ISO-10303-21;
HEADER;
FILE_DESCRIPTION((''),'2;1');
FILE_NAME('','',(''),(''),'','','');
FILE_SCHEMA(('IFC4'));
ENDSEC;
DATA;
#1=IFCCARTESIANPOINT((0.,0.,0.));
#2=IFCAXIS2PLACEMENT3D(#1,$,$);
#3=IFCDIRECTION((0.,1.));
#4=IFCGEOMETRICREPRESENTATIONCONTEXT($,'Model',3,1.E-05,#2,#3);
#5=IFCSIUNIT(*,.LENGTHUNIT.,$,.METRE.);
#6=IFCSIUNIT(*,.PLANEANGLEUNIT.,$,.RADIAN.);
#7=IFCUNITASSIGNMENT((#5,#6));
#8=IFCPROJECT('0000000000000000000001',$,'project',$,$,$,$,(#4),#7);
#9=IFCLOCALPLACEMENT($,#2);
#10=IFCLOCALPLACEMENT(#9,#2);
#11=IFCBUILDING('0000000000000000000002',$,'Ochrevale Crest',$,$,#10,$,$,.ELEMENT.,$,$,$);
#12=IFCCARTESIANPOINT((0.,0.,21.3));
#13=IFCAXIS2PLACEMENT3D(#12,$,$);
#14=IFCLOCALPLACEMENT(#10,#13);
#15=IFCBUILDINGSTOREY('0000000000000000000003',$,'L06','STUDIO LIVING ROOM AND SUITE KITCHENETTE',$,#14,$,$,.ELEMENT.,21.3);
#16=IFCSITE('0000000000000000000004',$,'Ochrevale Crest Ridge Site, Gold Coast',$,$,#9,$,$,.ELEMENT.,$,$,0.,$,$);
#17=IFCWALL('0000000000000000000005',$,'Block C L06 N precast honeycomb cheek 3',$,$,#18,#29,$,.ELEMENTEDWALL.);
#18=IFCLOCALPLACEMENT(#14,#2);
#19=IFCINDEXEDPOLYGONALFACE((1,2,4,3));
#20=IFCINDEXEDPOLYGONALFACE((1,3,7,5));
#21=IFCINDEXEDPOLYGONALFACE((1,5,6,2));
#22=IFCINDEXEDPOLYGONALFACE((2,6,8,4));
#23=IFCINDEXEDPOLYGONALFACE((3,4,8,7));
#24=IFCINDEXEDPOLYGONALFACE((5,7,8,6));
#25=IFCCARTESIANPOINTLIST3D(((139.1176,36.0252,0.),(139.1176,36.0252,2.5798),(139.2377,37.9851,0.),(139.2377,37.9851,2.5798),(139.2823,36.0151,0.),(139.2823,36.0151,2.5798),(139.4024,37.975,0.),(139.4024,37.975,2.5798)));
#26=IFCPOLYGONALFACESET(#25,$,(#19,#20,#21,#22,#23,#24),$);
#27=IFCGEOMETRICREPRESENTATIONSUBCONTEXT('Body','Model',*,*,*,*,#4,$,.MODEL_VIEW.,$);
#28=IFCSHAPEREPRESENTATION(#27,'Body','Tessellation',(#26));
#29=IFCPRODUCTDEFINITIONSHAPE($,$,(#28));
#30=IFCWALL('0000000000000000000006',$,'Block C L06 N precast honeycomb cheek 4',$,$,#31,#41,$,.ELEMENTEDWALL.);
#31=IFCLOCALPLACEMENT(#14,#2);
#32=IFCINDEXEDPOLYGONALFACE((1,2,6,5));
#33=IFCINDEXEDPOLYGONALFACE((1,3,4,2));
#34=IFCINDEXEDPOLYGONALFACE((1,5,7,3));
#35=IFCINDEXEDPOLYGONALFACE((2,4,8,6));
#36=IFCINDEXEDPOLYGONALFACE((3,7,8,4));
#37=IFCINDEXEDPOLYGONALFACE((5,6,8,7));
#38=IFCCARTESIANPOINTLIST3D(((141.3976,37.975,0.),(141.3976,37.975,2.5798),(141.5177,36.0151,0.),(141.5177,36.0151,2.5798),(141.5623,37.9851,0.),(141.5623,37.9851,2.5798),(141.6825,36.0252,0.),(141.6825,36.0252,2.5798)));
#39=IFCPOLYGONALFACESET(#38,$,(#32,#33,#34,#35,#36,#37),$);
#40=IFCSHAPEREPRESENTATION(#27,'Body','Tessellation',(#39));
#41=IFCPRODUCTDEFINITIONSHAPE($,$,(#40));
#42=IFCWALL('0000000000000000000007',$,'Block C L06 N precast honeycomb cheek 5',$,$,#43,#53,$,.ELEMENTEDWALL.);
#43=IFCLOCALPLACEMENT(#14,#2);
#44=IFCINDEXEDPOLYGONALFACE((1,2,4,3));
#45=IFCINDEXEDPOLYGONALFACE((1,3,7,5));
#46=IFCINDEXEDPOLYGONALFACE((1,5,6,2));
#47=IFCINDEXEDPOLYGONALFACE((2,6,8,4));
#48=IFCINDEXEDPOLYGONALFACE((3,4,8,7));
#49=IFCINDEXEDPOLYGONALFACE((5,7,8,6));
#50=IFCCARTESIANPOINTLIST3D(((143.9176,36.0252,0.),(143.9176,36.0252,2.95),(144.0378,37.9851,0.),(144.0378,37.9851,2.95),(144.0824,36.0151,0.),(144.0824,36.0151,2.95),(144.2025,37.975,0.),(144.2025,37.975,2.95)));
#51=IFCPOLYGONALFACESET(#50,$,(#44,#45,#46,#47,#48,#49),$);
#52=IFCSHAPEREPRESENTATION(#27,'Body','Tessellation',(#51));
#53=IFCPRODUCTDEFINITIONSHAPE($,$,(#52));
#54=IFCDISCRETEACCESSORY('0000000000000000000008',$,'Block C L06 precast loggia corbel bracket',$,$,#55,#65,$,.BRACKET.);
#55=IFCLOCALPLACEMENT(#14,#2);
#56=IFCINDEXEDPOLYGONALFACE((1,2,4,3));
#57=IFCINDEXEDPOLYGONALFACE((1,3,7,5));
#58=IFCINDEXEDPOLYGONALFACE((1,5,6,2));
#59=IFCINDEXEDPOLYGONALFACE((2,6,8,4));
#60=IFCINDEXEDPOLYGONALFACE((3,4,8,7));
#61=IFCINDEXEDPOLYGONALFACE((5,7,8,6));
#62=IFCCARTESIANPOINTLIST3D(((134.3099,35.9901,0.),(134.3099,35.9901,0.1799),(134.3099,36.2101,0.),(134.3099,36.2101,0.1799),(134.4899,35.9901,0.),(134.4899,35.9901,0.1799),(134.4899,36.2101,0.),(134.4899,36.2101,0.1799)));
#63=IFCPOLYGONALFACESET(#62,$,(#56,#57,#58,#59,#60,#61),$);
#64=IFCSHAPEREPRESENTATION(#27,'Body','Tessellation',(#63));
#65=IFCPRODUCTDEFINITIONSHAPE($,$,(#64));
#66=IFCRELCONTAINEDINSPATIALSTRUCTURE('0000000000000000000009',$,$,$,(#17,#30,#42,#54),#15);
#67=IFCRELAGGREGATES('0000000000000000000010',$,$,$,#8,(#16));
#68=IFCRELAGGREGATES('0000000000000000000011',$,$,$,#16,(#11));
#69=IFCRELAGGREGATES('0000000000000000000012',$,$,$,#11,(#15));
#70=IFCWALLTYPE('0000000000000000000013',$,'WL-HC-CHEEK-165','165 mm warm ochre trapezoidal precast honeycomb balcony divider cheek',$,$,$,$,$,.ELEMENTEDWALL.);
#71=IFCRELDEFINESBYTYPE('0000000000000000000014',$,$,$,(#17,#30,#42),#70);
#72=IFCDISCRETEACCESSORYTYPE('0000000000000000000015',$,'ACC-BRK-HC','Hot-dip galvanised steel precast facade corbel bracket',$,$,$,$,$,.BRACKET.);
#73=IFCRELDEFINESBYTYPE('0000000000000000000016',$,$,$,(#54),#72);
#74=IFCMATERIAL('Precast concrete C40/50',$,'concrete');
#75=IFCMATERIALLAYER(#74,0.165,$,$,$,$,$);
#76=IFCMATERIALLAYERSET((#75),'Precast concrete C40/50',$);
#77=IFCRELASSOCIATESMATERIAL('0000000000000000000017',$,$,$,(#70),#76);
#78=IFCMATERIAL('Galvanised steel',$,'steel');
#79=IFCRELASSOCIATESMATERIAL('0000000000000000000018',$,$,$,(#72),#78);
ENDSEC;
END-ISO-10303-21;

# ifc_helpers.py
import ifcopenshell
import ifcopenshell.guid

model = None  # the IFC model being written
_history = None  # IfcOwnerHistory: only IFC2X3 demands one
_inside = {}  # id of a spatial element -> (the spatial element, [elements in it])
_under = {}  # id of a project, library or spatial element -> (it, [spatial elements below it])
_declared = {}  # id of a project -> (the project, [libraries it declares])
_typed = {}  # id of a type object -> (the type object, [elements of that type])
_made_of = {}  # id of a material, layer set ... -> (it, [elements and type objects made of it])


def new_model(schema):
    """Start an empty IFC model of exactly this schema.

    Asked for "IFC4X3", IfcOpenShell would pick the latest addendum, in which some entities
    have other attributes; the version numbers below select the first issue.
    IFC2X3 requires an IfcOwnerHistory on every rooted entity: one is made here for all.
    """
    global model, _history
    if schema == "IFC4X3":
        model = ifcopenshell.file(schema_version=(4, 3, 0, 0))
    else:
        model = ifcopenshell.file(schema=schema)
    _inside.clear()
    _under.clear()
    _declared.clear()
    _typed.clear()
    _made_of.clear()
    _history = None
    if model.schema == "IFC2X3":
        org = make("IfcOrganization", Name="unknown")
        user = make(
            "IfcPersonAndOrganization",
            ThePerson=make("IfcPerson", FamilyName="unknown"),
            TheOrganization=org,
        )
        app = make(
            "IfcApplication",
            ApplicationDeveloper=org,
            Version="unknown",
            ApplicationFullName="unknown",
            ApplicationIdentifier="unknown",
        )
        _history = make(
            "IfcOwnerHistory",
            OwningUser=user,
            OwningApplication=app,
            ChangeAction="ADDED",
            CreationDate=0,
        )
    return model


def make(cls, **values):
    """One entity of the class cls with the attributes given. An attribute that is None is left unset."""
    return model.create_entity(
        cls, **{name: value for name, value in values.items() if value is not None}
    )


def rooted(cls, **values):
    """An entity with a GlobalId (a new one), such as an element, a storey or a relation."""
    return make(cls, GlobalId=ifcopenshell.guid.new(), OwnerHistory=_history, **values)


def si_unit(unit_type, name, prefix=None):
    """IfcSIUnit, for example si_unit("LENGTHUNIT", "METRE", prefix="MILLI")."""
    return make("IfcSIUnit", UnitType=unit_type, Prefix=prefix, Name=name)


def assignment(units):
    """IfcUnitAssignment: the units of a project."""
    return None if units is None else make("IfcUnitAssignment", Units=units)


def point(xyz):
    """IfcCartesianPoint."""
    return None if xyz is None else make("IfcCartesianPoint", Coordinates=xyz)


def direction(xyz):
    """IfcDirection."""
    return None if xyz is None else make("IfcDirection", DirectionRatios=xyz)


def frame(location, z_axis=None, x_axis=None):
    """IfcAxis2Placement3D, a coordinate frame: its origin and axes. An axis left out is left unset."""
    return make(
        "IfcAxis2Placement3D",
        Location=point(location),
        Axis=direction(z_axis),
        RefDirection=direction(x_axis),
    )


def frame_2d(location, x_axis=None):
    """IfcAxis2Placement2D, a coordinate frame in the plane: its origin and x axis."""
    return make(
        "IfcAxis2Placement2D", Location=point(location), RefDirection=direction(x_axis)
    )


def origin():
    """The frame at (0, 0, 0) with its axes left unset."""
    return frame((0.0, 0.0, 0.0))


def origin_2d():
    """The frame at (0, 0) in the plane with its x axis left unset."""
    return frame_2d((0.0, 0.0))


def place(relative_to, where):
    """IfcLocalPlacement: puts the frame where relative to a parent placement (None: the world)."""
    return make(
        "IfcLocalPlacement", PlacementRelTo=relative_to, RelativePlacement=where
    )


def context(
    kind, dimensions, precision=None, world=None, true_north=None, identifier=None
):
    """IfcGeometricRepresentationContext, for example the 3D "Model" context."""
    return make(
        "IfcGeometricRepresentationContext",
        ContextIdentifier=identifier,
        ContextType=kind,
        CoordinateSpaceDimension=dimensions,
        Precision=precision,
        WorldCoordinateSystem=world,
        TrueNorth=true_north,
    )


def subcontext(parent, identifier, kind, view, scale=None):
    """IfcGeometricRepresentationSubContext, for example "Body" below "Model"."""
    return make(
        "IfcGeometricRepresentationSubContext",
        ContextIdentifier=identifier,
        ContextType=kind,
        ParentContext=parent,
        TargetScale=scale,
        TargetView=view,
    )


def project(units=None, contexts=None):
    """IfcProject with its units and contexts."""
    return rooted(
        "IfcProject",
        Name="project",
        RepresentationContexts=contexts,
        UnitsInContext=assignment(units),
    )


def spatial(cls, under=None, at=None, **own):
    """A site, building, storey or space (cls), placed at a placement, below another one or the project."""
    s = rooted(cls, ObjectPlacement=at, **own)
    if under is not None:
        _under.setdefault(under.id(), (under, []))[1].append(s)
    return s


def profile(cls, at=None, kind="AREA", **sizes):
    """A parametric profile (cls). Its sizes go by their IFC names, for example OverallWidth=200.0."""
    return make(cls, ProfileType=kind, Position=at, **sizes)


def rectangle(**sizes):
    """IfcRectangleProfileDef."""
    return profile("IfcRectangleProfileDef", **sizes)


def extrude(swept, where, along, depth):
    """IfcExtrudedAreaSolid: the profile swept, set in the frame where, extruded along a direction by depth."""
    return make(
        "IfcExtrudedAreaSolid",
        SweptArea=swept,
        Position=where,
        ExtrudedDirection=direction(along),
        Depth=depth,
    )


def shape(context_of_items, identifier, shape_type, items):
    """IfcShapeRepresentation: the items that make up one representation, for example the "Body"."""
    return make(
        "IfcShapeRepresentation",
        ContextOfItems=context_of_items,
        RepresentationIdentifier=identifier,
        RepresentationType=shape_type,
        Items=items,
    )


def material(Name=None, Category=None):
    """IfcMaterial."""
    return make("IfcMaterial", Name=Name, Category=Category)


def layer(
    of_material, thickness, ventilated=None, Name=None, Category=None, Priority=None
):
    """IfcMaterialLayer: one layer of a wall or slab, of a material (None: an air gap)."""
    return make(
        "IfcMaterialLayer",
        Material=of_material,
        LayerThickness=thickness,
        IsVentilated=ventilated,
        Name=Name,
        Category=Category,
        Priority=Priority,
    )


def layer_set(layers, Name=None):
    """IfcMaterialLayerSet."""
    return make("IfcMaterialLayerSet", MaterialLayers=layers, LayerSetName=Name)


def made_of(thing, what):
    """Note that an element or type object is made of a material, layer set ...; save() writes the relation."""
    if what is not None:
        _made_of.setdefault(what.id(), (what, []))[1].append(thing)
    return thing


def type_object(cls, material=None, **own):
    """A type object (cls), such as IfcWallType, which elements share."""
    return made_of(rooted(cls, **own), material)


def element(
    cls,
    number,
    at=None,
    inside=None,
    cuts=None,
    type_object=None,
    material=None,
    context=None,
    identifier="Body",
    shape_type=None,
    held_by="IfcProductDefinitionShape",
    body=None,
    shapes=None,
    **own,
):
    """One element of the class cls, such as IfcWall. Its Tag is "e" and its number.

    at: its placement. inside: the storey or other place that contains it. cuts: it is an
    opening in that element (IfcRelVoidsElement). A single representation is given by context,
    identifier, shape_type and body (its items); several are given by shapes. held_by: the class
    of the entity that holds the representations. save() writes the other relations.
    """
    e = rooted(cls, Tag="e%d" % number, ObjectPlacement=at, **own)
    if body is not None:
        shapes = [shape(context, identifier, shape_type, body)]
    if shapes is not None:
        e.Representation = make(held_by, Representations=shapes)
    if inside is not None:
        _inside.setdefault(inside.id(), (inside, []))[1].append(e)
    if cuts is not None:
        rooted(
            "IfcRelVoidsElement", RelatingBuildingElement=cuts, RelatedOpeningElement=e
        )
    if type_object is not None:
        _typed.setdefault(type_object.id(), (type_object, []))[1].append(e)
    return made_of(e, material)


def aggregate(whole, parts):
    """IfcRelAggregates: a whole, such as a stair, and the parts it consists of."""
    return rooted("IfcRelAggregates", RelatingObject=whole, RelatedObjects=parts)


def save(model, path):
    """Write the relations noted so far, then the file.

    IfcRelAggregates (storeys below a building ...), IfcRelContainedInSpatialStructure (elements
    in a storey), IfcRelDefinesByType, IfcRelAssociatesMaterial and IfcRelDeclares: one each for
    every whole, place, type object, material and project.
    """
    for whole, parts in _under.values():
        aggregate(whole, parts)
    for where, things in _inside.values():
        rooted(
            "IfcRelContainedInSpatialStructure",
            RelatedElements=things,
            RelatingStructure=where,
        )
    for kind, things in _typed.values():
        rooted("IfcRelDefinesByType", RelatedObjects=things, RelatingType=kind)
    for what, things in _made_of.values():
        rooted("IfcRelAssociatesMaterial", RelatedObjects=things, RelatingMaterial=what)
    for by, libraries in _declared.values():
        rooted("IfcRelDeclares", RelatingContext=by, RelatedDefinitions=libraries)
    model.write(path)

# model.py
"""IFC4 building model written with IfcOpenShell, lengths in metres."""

from ifc_helpers import new_model, si_unit, direction, frame, frame_2d, origin, origin_2d, place, context, subcontext, project, spatial, rectangle, extrude, material, layer, layer_set, type_object, element, save


model = new_model("IFC4")

# Units and contexts
model_context = context("Model", 3, precision=1e-05, world=origin(), true_north=direction((0.0, 1.0)))
body_context = subcontext(model_context, "Body", "Model", "MODEL_VIEW")
ifc_project = project(units=[si_unit("LENGTHUNIT", "METRE"), si_unit("PLANEANGLEUNIT", "RADIAN")], contexts=[model_context])

# Site, building, storey
site_placement = place(None, origin())
site = spatial("IfcSite", under=ifc_project, at=site_placement, Name="Ochrevale Crest Ridge Site, Gold Coast", CompositionType="ELEMENT", RefElevation=0.0)
building_placement = place(site_placement, origin())
building = spatial("IfcBuilding", under=site, at=building_placement, Name="Ochrevale Crest", CompositionType="ELEMENT")
storey_placement = place(building_placement, frame((0.0, 0.0, 21.3)))
storey = spatial("IfcBuildingStorey", under=building, at=storey_placement, Name="L06", Description="STUDIO LIVING ROOM AND SUITE KITCHENETTE", CompositionType="ELEMENT", Elevation=21.3)

# Shared definitions
ifc_material_1 = material(Name="Precast concrete C40/50", Category="concrete")

# Walls
ifc_layer_1 = layer(ifc_material_1, 0.165)
ifc_layer_set_1 = layer_set([ifc_layer_1], Name="Precast concrete C40/50")
wall_type_1 = type_object("IfcWallType", Name="WL-HC-CHEEK-165", Description="165 mm warm ochre trapezoidal precast honeycomb balcony divider cheek", PredefinedType="ELEMENTEDWALL", material=ifc_layer_set_1)
for number, where, z_axis, x_axis, name in (
    (1, (139.2, 36.02, 0.0), (0.0, 0.0, 1.0), (0.061171, 0.998127, 0.0), "Block C L06 N precast honeycomb cheek 3"),
    (2, (141.6001, 36.02, 0.0), (0.0, 0.0, 1.0), (-0.061171, 0.998127, 0.0), "Block C L06 N precast honeycomb cheek 4"),
):
    element("IfcWall", number, at=place(storey_placement, frame(where, z_axis=z_axis, x_axis=x_axis)), inside=storey, type_object=wall_type_1, Name=name, PredefinedType="ELEMENTEDWALL", context=body_context, shape_type="SweptSolid", body=[
        extrude(rectangle(XDim=1.9636, YDim=0.165, at=frame_2d((0.9819, 0.0))), origin(), (0.0, 0.0, 1.0), 2.5798),
    ])
wall_1_placement = place(storey_placement, frame((144.0, 36.02, 0.0), z_axis=(0.0, 0.0, 1.0), x_axis=(0.061171, 0.998127, 0.0)))
element("IfcWall", 3, at=wall_1_placement, inside=storey, type_object=wall_type_1, Name="Block C L06 N precast honeycomb cheek 5", PredefinedType="ELEMENTEDWALL", context=body_context, shape_type="SweptSolid", body=[
    extrude(rectangle(XDim=1.9636, YDim=0.165, at=frame_2d((0.9819, 0.0))), origin(), (0.0, 0.0, 1.0), 2.95),
])

# Discrete accessory
ifc_material_2 = material(Name="Galvanised steel", Category="steel")
discrete_accessory_type = type_object("IfcDiscreteAccessoryType", Name="ACC-BRK-HC", Description="Hot-dip galvanised steel precast facade corbel bracket", PredefinedType="BRACKET", material=ifc_material_2)
discrete_accessory_placement = place(storey_placement, frame((134.3999, 36.1001, 0.0), z_axis=(0.0, 0.0, 1.0), x_axis=(1.0, 0.0, 0.0)))
element("IfcDiscreteAccessory", 4, at=discrete_accessory_placement, inside=storey, type_object=discrete_accessory_type, Name="Block C L06 precast loggia corbel bracket", PredefinedType="BRACKET", context=body_context, shape_type="SweptSolid", body=[
    extrude(rectangle(XDim=0.1799, YDim=0.22, at=origin_2d()), origin(), (0.0, 0.0, 1.0), 0.1799),
])

save(model, "model.ifc")
